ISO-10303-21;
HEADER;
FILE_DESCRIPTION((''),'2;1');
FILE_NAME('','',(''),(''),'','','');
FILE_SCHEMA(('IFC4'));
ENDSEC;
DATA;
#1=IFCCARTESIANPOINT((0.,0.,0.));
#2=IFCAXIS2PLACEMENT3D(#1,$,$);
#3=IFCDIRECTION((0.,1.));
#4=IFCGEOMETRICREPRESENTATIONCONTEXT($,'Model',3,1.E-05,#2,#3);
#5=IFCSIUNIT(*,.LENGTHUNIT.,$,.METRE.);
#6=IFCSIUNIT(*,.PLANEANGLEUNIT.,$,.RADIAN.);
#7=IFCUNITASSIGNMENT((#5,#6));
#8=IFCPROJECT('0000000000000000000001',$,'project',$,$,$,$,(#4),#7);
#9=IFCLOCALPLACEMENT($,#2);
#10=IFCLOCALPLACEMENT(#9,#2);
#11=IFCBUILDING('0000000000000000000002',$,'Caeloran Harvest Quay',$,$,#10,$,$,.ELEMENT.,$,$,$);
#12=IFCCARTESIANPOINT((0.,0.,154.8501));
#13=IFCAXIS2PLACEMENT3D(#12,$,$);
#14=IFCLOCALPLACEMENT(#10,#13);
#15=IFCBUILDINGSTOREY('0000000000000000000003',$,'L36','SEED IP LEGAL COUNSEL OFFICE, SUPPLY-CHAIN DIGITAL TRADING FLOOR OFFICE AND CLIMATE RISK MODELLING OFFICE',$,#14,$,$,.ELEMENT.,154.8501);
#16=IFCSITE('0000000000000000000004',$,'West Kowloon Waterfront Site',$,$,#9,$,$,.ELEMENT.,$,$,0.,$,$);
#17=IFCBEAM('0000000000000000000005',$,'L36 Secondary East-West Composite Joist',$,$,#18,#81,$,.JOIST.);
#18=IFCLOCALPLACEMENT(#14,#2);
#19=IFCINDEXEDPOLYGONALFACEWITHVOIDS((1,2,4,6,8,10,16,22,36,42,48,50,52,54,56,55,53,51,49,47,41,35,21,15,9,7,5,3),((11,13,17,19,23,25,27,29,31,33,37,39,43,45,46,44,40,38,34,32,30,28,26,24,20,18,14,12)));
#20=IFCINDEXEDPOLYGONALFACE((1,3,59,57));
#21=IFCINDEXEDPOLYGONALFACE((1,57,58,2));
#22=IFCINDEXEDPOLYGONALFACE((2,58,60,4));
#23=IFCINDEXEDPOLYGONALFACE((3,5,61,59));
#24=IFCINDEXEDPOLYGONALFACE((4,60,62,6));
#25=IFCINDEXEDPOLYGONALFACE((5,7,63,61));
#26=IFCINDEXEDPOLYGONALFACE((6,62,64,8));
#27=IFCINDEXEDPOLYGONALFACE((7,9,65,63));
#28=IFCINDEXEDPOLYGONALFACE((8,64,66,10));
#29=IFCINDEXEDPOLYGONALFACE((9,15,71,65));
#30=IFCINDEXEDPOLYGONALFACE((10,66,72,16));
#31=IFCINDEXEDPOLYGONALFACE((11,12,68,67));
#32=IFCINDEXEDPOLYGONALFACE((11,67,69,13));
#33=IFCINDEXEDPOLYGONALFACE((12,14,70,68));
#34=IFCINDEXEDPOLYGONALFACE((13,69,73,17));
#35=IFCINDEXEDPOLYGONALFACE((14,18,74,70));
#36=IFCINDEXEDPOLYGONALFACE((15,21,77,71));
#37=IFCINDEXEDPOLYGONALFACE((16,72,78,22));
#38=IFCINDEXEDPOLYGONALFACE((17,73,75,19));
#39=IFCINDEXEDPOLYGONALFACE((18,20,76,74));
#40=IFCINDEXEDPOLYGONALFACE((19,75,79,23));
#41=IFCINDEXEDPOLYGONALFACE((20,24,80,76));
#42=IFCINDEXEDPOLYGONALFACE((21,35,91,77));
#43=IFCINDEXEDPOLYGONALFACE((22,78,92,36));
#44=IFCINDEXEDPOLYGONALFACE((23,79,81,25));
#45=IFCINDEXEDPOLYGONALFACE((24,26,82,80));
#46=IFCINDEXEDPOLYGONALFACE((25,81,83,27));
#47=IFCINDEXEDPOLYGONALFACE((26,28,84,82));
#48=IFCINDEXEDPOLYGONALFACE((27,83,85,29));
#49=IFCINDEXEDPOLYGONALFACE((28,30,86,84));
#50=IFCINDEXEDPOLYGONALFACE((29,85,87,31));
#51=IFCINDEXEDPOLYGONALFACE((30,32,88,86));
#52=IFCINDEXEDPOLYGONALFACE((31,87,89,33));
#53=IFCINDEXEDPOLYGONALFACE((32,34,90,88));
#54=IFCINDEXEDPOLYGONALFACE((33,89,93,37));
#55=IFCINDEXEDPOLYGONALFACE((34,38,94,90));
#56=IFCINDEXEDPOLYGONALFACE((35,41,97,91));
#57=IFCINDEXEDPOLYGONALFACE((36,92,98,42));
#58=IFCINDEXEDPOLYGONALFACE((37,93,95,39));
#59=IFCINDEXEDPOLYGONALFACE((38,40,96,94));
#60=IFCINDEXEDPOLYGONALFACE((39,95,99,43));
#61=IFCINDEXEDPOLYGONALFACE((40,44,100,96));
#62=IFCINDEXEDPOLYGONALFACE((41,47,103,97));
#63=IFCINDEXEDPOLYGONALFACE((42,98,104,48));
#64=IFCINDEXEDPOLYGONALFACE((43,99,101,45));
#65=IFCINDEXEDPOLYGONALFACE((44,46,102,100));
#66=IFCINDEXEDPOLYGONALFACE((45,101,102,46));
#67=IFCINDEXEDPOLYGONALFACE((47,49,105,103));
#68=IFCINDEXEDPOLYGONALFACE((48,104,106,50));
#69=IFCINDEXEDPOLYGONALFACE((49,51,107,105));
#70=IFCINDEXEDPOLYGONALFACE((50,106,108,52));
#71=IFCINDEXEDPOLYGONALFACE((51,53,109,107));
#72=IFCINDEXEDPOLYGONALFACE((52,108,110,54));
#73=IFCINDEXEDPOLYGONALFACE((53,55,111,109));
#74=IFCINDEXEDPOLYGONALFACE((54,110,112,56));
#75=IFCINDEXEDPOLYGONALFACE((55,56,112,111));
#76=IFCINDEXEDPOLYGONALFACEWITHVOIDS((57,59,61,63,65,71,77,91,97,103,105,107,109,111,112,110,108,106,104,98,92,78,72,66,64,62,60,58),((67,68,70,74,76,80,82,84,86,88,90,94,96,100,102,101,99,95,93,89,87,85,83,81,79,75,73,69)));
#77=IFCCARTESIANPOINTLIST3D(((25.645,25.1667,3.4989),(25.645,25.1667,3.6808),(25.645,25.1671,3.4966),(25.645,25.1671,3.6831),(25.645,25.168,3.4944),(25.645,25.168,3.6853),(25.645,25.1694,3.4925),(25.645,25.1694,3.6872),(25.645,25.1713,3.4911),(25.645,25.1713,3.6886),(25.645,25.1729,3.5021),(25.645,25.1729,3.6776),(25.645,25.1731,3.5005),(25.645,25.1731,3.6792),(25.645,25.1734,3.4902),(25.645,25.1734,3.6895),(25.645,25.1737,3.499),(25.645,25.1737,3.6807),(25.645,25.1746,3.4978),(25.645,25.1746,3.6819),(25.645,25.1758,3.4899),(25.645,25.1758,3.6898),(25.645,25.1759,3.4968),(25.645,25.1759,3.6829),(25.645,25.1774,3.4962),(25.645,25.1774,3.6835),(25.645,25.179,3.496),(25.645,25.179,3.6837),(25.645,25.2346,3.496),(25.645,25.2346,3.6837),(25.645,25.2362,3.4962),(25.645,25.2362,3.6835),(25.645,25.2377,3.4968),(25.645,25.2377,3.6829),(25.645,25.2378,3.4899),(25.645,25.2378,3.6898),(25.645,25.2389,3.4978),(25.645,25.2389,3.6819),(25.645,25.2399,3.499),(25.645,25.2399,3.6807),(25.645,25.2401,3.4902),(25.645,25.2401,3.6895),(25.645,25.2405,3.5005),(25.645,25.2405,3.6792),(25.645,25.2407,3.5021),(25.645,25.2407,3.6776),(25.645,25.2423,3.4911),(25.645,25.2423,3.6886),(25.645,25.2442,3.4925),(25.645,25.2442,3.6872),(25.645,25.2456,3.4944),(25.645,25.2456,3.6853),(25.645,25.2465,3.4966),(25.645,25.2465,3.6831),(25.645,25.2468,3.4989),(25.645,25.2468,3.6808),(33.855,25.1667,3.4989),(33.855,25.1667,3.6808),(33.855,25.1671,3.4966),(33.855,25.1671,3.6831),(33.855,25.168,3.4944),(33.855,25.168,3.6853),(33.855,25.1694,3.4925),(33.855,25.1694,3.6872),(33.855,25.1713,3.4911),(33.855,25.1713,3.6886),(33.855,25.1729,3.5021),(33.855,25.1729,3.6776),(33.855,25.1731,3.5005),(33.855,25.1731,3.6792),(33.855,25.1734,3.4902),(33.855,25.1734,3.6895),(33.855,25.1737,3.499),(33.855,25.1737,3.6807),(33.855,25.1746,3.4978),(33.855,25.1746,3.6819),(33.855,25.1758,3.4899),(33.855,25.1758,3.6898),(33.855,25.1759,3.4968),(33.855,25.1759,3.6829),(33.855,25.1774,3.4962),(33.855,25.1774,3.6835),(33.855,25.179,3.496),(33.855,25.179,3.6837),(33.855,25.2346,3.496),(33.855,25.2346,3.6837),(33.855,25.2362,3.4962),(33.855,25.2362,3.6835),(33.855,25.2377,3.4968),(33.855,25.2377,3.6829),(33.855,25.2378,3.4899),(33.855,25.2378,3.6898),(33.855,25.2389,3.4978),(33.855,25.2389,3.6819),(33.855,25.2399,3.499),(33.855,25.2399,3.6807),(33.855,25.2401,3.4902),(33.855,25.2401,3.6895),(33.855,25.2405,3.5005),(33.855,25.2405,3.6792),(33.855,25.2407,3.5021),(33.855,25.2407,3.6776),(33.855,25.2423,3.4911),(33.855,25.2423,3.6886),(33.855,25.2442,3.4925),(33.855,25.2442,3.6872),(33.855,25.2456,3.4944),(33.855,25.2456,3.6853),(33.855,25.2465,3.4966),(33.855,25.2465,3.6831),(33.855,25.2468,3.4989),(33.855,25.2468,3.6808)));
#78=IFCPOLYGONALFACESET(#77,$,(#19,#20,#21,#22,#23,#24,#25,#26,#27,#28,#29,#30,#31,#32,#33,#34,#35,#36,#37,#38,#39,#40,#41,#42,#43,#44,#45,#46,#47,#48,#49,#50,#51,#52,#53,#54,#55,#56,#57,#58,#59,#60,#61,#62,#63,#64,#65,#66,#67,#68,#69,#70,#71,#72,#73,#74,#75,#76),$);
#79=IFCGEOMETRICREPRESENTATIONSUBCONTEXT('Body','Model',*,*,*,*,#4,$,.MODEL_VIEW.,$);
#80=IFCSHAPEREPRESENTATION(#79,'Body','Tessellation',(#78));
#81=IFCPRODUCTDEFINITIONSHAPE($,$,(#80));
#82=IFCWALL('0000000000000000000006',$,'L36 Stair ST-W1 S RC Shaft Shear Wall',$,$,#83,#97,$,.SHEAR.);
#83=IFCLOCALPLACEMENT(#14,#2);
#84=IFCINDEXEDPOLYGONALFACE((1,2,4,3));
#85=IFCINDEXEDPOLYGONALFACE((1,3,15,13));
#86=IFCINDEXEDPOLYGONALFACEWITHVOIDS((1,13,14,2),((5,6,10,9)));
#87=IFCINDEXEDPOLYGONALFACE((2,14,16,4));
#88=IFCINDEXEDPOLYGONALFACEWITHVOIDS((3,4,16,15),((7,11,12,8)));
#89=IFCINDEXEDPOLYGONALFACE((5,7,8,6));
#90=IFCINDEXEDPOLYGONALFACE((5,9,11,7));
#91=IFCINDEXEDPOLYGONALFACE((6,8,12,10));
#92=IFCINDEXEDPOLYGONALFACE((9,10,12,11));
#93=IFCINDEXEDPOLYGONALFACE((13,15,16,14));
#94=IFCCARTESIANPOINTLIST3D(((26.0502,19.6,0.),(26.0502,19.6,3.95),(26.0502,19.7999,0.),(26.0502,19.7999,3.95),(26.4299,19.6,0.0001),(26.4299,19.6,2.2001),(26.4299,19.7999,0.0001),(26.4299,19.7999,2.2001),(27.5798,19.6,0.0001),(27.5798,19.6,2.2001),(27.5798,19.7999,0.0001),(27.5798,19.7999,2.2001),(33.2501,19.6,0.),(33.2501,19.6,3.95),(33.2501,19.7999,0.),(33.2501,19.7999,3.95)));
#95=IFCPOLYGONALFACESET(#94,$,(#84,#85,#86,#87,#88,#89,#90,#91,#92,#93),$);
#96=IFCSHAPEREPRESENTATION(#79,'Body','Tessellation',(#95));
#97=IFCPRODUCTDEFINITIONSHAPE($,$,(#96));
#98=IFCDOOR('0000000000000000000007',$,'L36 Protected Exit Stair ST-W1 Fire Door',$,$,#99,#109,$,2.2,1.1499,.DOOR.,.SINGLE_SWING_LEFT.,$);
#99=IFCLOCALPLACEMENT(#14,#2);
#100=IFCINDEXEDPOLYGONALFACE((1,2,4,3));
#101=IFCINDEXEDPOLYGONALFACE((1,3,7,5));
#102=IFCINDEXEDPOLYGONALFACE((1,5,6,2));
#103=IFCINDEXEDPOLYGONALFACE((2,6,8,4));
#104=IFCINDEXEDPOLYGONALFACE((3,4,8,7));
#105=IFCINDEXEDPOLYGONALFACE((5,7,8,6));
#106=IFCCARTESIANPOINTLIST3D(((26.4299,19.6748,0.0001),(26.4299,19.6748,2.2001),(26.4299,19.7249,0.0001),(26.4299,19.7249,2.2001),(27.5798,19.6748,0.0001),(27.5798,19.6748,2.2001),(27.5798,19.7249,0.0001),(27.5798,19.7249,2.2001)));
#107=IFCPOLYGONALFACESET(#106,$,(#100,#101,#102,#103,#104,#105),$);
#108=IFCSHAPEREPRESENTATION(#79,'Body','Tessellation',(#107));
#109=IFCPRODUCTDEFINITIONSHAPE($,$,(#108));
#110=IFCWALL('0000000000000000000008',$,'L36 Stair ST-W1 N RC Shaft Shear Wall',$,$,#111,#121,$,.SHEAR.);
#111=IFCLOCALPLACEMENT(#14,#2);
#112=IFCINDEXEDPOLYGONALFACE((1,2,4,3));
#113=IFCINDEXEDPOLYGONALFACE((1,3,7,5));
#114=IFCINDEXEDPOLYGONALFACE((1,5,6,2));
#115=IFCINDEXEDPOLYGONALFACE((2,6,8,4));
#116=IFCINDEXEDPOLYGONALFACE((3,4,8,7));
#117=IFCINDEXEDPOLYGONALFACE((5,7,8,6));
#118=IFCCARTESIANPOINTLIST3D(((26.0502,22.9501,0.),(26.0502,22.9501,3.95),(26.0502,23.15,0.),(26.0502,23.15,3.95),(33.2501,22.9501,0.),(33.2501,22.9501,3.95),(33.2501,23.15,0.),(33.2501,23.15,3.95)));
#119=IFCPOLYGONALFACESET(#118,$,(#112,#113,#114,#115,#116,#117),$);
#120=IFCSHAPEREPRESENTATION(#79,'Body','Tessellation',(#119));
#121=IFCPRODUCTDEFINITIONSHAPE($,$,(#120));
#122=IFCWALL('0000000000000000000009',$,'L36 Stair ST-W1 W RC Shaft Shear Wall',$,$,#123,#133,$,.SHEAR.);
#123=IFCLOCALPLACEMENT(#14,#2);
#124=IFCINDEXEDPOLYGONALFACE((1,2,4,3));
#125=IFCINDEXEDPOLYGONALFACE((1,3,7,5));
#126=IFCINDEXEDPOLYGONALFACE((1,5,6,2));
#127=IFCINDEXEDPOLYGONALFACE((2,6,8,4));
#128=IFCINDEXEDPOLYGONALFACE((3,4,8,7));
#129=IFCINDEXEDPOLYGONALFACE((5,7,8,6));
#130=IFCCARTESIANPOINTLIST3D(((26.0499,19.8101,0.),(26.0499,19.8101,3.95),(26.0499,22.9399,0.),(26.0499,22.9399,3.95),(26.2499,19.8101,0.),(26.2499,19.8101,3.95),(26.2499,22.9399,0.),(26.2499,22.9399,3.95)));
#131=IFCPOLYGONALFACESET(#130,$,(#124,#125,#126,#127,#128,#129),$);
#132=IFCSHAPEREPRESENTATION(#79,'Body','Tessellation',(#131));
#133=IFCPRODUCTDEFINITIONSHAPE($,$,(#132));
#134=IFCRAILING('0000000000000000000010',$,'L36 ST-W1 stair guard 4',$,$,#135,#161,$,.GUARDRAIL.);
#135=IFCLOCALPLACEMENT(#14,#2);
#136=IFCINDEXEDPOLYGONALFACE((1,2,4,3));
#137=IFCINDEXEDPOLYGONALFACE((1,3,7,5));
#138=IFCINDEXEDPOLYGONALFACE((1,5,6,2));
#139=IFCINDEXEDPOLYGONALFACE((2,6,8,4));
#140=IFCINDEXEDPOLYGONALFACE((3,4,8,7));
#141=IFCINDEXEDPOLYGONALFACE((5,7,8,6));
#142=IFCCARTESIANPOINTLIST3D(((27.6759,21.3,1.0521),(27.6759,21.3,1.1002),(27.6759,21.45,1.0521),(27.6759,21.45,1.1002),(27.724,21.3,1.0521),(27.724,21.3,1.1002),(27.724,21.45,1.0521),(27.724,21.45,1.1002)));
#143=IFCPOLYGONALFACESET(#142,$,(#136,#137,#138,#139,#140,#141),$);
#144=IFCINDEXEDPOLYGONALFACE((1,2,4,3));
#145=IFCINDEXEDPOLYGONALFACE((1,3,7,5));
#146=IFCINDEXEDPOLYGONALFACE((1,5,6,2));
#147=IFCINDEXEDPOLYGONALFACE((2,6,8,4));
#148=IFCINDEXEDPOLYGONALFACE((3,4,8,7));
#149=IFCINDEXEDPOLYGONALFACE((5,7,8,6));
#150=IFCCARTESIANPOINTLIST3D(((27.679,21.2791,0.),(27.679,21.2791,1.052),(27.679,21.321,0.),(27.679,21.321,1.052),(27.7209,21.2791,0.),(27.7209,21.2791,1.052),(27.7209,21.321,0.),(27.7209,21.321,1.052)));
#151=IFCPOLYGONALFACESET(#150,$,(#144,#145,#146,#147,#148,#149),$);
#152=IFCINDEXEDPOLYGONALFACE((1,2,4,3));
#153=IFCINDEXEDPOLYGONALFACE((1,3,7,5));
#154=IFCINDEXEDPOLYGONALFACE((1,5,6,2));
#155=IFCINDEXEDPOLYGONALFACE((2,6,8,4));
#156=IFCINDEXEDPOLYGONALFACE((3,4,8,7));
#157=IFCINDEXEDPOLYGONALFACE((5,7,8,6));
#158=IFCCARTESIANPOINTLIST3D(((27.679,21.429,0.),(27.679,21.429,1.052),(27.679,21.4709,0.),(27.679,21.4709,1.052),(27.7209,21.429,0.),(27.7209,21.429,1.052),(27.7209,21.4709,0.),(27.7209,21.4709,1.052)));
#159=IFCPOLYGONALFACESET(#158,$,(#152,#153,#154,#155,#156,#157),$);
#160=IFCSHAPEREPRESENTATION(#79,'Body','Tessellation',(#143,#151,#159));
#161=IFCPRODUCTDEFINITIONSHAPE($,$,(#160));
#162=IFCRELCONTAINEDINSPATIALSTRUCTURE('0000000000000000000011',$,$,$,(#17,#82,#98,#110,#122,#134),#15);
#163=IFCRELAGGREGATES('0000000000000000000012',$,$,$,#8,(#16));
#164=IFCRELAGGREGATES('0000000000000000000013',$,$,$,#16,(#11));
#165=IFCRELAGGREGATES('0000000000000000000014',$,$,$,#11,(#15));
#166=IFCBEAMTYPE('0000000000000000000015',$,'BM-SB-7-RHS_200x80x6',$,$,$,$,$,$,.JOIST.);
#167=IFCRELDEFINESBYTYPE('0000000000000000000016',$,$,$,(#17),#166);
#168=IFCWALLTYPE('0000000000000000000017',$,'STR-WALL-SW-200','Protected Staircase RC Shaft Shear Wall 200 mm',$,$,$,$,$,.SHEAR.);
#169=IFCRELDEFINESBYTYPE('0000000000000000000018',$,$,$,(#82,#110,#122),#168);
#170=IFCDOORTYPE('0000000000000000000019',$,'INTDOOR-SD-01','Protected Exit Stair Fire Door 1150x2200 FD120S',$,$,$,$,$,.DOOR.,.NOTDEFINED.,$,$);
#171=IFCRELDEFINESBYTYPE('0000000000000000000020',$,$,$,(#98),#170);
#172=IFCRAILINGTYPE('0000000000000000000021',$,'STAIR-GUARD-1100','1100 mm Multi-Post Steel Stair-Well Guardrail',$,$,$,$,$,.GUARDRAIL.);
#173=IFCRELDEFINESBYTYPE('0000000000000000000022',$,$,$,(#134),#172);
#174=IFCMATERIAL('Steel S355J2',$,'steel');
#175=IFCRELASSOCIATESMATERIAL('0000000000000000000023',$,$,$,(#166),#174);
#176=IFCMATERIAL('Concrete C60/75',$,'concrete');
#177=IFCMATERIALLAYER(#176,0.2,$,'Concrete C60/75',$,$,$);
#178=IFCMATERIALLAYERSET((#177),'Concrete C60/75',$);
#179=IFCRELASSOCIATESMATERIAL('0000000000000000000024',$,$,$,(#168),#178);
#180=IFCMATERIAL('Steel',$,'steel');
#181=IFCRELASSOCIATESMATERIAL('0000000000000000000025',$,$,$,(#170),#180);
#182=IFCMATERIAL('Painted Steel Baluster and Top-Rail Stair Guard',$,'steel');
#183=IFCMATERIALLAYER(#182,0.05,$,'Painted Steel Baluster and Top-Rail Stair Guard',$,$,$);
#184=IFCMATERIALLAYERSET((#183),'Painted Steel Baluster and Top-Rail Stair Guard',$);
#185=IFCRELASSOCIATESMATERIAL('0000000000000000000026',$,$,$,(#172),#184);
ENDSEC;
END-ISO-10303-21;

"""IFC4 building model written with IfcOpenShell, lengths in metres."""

from ifc_helpers import new_model, si_unit, direction, frame, frame_2d, origin, origin_2d, place, context, subcontext, project, spatial, rectangle, hollow_rectangle, extrude, material, layer, layer_set, material_profile, profile_set, type_object, element, fill, save


model = new_model("IFC4")

# Units and contexts
model_context = context("Model", 3, precision=1e-05, world=origin(), true_north=direction((0.0, 1.0)))
body_context = subcontext(model_context, "Body", "Model", "MODEL_VIEW")
ifc_project = project(units=[si_unit("LENGTHUNIT", "METRE"), si_unit("PLANEANGLEUNIT", "RADIAN")], contexts=[model_context])

# Site, building, storey
site_placement = place(None, origin())
site = spatial("IfcSite", under=ifc_project, at=site_placement, Name="West Kowloon Waterfront Site", CompositionType="ELEMENT", RefElevation=0.0)
building_placement = place(site_placement, origin())
building = spatial("IfcBuilding", under=site, at=building_placement, Name="Caeloran Harvest Quay", CompositionType="ELEMENT")
storey_placement = place(building_placement, frame((0.0, 0.0, 154.8501)))
storey = spatial("IfcBuildingStorey", under=building, at=storey_placement, Name="L36", Description="SEED IP LEGAL COUNSEL OFFICE, SUPPLY-CHAIN DIGITAL TRADING FLOOR OFFICE AND CLIMATE RISK MODELLING OFFICE", CompositionType="ELEMENT", Elevation=154.8501)

# Beam
ifc_material_1 = material(Name="Steel S355J2", Category="steel")
ifc_material_profile_1 = material_profile(ifc_material_1, hollow_rectangle(XDim=0.0801, YDim=0.2, WallThickness=0.0061, InnerFilletRadius=0.0061, OuterFilletRadius=0.009, at=origin_2d()), Name="RHS 200x80x6")
ifc_profile_set_1 = profile_set([ifc_material_profile_1], Name="Steel S355J2")
beam_type_1 = type_object("IfcBeamType", Name="BM-SB-7-RHS_200x80x6", PredefinedType="JOIST", material=ifc_profile_set_1)
for number, where, z_axis, x_axis, name in (
    (1, (25.645, 25.2068, 3.5898), (1.0, 0.0, 0.0), (0.0, 1.0, 0.0), "L36 Secondary East-West Composite Joist"),
):
    element("IfcBeam", number, at=place(storey_placement, frame(where, z_axis=z_axis, x_axis=x_axis)), inside=storey, type_object=beam_type_1, Name=name, PredefinedType="JOIST", context=body_context, shape_type="SweptSolid", body=[
        extrude(hollow_rectangle(XDim=0.0801, YDim=0.2, WallThickness=0.0061, InnerFilletRadius=0.0061, OuterFilletRadius=0.009, at=origin_2d()), origin(), (0.0, 0.0, 1.0), 8.21),
    ])

# Wall, opening, door
ifc_material_2 = material(Name="Concrete C60/75", Category="concrete")
ifc_layer_1 = layer(ifc_material_2, 0.2, Name="Concrete C60/75")
ifc_layer_set_1 = layer_set([ifc_layer_1], Name="Concrete C60/75")
wall_type_1 = type_object("IfcWallType", Name="STR-WALL-SW-200", Description="Protected Staircase RC Shaft Shear Wall 200 mm", PredefinedType="SHEAR", material=ifc_layer_set_1)
wall_1_placement = place(storey_placement, frame((26.05, 19.7, 0.0), z_axis=(0.0, 0.0, 1.0), x_axis=(1.0, 0.0, 0.0)))
wall_1 = element("IfcWall", 2, at=wall_1_placement, inside=storey, type_object=wall_type_1, Name="L36 Stair ST-W1 S RC Shaft Shear Wall", PredefinedType="SHEAR", context=body_context, shape_type="SweptSolid", body=[
    extrude(rectangle(XDim=7.2, YDim=0.2, at=frame_2d((3.6001, 0.0))), origin(), (0.0, 0.0, 1.0), 3.95),
])
opening_1_placement = place(wall_1_placement, frame((0.3799, 0.0, 0.0)))
opening_1 = element("IfcOpeningElement", 3, at=opening_1_placement, cuts=wall_1, PredefinedType="OPENING", context=body_context, shape_type="SweptSolid", body=[
    extrude(rectangle(XDim=1.1499, YDim=2.2, at=frame_2d((0.575, 1.1001))), frame((0.0, 0.1099, 0.0), z_axis=(0.0, -1.0, 0.0), x_axis=(1.0, 0.0, 0.0)), (0.0, 0.0, 1.0), 0.22),
])
ifc_material_3 = material(Name="Steel", Category="steel")
door_type_1 = type_object("IfcDoorType", Name="INTDOOR-SD-01", Description="Protected Exit Stair Fire Door 1150x2200 FD120S", OperationType="NOTDEFINED", PredefinedType="DOOR", material=ifc_material_3)
door_1_placement = place(opening_1_placement, origin())
door_1 = element("IfcDoor", 4, at=door_1_placement, inside=storey, type_object=door_type_1, Name="L36 Protected Exit Stair ST-W1 Fire Door", OperationType="SINGLE_SWING_LEFT", OverallHeight=2.2, OverallWidth=1.1499, PredefinedType="DOOR", context=body_context, shape_type="SweptSolid", body=[
    extrude(rectangle(XDim=1.1499, YDim=2.2, at=frame_2d((0.575, 1.1001))), frame((0.0, 0.0249, 0.0), z_axis=(0.0, -1.0, 0.0), x_axis=(1.0, 0.0, 0.0)), (0.0, 0.0, 1.0), 0.05),
])
fill(opening_1, door_1)

# Walls
wall_2_placement = place(storey_placement, frame((26.05, 23.05, 0.0), z_axis=(0.0, 0.0, 1.0), x_axis=(1.0, 0.0, 0.0)))
element("IfcWall", 5, at=wall_2_placement, inside=storey, type_object=wall_type_1, Name="L36 Stair ST-W1 N RC Shaft Shear Wall", PredefinedType="SHEAR", context=body_context, shape_type="SweptSolid", body=[
    extrude(rectangle(XDim=7.2, YDim=0.2, at=frame_2d((3.6001, 0.0))), origin(), (0.0, 0.0, 1.0), 3.95),
])
wall_3_placement = place(storey_placement, frame((26.1499, 19.8101, 0.0), z_axis=(0.0, 0.0, 1.0), x_axis=(0.0, 1.0, 0.0)))
element("IfcWall", 6, at=wall_3_placement, inside=storey, type_object=wall_type_1, Name="L36 Stair ST-W1 W RC Shaft Shear Wall", PredefinedType="SHEAR", context=body_context, shape_type="SweptSolid", body=[
    extrude(rectangle(XDim=3.1299, YDim=0.2, at=frame_2d((1.5649, 0.0))), origin(), (0.0, 0.0, 1.0), 3.95),
])

# Railing
ifc_material_4 = material(Name="Painted Steel Baluster and Top-Rail Stair Guard", Category="steel")
ifc_layer_2 = layer(ifc_material_4, 0.05, Name="Painted Steel Baluster and Top-Rail Stair Guard")
ifc_layer_set_2 = layer_set([ifc_layer_2], Name="Painted Steel Baluster and Top-Rail Stair Guard")
railing_type = type_object("IfcRailingType", Name="STAIR-GUARD-1100", Description="1100 mm Multi-Post Steel Stair-Well Guardrail", PredefinedType="GUARDRAIL", material=ifc_layer_set_2)
railing_placement = place(storey_placement, frame((27.7, 21.3, 0.0)))
element("IfcRailing", 7, at=railing_placement, inside=storey, type_object=railing_type, Name="L36 ST-W1 stair guard 4", PredefinedType="GUARDRAIL", context=body_context, shape_type="SweptSolid", body=[
    extrude(rectangle(XDim=0.0481, YDim=0.0481, at=origin_2d()), frame((0.0, 0.0, 1.0762), z_axis=(0.0, 1.0, 0.0), x_axis=(-1.0, 0.0, 0.0)), (0.0, 0.0, 1.0), 0.1499),
    extrude(rectangle(XDim=0.042, YDim=0.042, at=origin_2d()), origin(), (0.0, 0.0, 1.0), 1.052),
    extrude(rectangle(XDim=0.042, YDim=0.042, at=origin_2d()), frame((0.0, 0.1499, 0.0)), (0.0, 0.0, 1.0), 1.052),
])

save(model, "model.ifc")
